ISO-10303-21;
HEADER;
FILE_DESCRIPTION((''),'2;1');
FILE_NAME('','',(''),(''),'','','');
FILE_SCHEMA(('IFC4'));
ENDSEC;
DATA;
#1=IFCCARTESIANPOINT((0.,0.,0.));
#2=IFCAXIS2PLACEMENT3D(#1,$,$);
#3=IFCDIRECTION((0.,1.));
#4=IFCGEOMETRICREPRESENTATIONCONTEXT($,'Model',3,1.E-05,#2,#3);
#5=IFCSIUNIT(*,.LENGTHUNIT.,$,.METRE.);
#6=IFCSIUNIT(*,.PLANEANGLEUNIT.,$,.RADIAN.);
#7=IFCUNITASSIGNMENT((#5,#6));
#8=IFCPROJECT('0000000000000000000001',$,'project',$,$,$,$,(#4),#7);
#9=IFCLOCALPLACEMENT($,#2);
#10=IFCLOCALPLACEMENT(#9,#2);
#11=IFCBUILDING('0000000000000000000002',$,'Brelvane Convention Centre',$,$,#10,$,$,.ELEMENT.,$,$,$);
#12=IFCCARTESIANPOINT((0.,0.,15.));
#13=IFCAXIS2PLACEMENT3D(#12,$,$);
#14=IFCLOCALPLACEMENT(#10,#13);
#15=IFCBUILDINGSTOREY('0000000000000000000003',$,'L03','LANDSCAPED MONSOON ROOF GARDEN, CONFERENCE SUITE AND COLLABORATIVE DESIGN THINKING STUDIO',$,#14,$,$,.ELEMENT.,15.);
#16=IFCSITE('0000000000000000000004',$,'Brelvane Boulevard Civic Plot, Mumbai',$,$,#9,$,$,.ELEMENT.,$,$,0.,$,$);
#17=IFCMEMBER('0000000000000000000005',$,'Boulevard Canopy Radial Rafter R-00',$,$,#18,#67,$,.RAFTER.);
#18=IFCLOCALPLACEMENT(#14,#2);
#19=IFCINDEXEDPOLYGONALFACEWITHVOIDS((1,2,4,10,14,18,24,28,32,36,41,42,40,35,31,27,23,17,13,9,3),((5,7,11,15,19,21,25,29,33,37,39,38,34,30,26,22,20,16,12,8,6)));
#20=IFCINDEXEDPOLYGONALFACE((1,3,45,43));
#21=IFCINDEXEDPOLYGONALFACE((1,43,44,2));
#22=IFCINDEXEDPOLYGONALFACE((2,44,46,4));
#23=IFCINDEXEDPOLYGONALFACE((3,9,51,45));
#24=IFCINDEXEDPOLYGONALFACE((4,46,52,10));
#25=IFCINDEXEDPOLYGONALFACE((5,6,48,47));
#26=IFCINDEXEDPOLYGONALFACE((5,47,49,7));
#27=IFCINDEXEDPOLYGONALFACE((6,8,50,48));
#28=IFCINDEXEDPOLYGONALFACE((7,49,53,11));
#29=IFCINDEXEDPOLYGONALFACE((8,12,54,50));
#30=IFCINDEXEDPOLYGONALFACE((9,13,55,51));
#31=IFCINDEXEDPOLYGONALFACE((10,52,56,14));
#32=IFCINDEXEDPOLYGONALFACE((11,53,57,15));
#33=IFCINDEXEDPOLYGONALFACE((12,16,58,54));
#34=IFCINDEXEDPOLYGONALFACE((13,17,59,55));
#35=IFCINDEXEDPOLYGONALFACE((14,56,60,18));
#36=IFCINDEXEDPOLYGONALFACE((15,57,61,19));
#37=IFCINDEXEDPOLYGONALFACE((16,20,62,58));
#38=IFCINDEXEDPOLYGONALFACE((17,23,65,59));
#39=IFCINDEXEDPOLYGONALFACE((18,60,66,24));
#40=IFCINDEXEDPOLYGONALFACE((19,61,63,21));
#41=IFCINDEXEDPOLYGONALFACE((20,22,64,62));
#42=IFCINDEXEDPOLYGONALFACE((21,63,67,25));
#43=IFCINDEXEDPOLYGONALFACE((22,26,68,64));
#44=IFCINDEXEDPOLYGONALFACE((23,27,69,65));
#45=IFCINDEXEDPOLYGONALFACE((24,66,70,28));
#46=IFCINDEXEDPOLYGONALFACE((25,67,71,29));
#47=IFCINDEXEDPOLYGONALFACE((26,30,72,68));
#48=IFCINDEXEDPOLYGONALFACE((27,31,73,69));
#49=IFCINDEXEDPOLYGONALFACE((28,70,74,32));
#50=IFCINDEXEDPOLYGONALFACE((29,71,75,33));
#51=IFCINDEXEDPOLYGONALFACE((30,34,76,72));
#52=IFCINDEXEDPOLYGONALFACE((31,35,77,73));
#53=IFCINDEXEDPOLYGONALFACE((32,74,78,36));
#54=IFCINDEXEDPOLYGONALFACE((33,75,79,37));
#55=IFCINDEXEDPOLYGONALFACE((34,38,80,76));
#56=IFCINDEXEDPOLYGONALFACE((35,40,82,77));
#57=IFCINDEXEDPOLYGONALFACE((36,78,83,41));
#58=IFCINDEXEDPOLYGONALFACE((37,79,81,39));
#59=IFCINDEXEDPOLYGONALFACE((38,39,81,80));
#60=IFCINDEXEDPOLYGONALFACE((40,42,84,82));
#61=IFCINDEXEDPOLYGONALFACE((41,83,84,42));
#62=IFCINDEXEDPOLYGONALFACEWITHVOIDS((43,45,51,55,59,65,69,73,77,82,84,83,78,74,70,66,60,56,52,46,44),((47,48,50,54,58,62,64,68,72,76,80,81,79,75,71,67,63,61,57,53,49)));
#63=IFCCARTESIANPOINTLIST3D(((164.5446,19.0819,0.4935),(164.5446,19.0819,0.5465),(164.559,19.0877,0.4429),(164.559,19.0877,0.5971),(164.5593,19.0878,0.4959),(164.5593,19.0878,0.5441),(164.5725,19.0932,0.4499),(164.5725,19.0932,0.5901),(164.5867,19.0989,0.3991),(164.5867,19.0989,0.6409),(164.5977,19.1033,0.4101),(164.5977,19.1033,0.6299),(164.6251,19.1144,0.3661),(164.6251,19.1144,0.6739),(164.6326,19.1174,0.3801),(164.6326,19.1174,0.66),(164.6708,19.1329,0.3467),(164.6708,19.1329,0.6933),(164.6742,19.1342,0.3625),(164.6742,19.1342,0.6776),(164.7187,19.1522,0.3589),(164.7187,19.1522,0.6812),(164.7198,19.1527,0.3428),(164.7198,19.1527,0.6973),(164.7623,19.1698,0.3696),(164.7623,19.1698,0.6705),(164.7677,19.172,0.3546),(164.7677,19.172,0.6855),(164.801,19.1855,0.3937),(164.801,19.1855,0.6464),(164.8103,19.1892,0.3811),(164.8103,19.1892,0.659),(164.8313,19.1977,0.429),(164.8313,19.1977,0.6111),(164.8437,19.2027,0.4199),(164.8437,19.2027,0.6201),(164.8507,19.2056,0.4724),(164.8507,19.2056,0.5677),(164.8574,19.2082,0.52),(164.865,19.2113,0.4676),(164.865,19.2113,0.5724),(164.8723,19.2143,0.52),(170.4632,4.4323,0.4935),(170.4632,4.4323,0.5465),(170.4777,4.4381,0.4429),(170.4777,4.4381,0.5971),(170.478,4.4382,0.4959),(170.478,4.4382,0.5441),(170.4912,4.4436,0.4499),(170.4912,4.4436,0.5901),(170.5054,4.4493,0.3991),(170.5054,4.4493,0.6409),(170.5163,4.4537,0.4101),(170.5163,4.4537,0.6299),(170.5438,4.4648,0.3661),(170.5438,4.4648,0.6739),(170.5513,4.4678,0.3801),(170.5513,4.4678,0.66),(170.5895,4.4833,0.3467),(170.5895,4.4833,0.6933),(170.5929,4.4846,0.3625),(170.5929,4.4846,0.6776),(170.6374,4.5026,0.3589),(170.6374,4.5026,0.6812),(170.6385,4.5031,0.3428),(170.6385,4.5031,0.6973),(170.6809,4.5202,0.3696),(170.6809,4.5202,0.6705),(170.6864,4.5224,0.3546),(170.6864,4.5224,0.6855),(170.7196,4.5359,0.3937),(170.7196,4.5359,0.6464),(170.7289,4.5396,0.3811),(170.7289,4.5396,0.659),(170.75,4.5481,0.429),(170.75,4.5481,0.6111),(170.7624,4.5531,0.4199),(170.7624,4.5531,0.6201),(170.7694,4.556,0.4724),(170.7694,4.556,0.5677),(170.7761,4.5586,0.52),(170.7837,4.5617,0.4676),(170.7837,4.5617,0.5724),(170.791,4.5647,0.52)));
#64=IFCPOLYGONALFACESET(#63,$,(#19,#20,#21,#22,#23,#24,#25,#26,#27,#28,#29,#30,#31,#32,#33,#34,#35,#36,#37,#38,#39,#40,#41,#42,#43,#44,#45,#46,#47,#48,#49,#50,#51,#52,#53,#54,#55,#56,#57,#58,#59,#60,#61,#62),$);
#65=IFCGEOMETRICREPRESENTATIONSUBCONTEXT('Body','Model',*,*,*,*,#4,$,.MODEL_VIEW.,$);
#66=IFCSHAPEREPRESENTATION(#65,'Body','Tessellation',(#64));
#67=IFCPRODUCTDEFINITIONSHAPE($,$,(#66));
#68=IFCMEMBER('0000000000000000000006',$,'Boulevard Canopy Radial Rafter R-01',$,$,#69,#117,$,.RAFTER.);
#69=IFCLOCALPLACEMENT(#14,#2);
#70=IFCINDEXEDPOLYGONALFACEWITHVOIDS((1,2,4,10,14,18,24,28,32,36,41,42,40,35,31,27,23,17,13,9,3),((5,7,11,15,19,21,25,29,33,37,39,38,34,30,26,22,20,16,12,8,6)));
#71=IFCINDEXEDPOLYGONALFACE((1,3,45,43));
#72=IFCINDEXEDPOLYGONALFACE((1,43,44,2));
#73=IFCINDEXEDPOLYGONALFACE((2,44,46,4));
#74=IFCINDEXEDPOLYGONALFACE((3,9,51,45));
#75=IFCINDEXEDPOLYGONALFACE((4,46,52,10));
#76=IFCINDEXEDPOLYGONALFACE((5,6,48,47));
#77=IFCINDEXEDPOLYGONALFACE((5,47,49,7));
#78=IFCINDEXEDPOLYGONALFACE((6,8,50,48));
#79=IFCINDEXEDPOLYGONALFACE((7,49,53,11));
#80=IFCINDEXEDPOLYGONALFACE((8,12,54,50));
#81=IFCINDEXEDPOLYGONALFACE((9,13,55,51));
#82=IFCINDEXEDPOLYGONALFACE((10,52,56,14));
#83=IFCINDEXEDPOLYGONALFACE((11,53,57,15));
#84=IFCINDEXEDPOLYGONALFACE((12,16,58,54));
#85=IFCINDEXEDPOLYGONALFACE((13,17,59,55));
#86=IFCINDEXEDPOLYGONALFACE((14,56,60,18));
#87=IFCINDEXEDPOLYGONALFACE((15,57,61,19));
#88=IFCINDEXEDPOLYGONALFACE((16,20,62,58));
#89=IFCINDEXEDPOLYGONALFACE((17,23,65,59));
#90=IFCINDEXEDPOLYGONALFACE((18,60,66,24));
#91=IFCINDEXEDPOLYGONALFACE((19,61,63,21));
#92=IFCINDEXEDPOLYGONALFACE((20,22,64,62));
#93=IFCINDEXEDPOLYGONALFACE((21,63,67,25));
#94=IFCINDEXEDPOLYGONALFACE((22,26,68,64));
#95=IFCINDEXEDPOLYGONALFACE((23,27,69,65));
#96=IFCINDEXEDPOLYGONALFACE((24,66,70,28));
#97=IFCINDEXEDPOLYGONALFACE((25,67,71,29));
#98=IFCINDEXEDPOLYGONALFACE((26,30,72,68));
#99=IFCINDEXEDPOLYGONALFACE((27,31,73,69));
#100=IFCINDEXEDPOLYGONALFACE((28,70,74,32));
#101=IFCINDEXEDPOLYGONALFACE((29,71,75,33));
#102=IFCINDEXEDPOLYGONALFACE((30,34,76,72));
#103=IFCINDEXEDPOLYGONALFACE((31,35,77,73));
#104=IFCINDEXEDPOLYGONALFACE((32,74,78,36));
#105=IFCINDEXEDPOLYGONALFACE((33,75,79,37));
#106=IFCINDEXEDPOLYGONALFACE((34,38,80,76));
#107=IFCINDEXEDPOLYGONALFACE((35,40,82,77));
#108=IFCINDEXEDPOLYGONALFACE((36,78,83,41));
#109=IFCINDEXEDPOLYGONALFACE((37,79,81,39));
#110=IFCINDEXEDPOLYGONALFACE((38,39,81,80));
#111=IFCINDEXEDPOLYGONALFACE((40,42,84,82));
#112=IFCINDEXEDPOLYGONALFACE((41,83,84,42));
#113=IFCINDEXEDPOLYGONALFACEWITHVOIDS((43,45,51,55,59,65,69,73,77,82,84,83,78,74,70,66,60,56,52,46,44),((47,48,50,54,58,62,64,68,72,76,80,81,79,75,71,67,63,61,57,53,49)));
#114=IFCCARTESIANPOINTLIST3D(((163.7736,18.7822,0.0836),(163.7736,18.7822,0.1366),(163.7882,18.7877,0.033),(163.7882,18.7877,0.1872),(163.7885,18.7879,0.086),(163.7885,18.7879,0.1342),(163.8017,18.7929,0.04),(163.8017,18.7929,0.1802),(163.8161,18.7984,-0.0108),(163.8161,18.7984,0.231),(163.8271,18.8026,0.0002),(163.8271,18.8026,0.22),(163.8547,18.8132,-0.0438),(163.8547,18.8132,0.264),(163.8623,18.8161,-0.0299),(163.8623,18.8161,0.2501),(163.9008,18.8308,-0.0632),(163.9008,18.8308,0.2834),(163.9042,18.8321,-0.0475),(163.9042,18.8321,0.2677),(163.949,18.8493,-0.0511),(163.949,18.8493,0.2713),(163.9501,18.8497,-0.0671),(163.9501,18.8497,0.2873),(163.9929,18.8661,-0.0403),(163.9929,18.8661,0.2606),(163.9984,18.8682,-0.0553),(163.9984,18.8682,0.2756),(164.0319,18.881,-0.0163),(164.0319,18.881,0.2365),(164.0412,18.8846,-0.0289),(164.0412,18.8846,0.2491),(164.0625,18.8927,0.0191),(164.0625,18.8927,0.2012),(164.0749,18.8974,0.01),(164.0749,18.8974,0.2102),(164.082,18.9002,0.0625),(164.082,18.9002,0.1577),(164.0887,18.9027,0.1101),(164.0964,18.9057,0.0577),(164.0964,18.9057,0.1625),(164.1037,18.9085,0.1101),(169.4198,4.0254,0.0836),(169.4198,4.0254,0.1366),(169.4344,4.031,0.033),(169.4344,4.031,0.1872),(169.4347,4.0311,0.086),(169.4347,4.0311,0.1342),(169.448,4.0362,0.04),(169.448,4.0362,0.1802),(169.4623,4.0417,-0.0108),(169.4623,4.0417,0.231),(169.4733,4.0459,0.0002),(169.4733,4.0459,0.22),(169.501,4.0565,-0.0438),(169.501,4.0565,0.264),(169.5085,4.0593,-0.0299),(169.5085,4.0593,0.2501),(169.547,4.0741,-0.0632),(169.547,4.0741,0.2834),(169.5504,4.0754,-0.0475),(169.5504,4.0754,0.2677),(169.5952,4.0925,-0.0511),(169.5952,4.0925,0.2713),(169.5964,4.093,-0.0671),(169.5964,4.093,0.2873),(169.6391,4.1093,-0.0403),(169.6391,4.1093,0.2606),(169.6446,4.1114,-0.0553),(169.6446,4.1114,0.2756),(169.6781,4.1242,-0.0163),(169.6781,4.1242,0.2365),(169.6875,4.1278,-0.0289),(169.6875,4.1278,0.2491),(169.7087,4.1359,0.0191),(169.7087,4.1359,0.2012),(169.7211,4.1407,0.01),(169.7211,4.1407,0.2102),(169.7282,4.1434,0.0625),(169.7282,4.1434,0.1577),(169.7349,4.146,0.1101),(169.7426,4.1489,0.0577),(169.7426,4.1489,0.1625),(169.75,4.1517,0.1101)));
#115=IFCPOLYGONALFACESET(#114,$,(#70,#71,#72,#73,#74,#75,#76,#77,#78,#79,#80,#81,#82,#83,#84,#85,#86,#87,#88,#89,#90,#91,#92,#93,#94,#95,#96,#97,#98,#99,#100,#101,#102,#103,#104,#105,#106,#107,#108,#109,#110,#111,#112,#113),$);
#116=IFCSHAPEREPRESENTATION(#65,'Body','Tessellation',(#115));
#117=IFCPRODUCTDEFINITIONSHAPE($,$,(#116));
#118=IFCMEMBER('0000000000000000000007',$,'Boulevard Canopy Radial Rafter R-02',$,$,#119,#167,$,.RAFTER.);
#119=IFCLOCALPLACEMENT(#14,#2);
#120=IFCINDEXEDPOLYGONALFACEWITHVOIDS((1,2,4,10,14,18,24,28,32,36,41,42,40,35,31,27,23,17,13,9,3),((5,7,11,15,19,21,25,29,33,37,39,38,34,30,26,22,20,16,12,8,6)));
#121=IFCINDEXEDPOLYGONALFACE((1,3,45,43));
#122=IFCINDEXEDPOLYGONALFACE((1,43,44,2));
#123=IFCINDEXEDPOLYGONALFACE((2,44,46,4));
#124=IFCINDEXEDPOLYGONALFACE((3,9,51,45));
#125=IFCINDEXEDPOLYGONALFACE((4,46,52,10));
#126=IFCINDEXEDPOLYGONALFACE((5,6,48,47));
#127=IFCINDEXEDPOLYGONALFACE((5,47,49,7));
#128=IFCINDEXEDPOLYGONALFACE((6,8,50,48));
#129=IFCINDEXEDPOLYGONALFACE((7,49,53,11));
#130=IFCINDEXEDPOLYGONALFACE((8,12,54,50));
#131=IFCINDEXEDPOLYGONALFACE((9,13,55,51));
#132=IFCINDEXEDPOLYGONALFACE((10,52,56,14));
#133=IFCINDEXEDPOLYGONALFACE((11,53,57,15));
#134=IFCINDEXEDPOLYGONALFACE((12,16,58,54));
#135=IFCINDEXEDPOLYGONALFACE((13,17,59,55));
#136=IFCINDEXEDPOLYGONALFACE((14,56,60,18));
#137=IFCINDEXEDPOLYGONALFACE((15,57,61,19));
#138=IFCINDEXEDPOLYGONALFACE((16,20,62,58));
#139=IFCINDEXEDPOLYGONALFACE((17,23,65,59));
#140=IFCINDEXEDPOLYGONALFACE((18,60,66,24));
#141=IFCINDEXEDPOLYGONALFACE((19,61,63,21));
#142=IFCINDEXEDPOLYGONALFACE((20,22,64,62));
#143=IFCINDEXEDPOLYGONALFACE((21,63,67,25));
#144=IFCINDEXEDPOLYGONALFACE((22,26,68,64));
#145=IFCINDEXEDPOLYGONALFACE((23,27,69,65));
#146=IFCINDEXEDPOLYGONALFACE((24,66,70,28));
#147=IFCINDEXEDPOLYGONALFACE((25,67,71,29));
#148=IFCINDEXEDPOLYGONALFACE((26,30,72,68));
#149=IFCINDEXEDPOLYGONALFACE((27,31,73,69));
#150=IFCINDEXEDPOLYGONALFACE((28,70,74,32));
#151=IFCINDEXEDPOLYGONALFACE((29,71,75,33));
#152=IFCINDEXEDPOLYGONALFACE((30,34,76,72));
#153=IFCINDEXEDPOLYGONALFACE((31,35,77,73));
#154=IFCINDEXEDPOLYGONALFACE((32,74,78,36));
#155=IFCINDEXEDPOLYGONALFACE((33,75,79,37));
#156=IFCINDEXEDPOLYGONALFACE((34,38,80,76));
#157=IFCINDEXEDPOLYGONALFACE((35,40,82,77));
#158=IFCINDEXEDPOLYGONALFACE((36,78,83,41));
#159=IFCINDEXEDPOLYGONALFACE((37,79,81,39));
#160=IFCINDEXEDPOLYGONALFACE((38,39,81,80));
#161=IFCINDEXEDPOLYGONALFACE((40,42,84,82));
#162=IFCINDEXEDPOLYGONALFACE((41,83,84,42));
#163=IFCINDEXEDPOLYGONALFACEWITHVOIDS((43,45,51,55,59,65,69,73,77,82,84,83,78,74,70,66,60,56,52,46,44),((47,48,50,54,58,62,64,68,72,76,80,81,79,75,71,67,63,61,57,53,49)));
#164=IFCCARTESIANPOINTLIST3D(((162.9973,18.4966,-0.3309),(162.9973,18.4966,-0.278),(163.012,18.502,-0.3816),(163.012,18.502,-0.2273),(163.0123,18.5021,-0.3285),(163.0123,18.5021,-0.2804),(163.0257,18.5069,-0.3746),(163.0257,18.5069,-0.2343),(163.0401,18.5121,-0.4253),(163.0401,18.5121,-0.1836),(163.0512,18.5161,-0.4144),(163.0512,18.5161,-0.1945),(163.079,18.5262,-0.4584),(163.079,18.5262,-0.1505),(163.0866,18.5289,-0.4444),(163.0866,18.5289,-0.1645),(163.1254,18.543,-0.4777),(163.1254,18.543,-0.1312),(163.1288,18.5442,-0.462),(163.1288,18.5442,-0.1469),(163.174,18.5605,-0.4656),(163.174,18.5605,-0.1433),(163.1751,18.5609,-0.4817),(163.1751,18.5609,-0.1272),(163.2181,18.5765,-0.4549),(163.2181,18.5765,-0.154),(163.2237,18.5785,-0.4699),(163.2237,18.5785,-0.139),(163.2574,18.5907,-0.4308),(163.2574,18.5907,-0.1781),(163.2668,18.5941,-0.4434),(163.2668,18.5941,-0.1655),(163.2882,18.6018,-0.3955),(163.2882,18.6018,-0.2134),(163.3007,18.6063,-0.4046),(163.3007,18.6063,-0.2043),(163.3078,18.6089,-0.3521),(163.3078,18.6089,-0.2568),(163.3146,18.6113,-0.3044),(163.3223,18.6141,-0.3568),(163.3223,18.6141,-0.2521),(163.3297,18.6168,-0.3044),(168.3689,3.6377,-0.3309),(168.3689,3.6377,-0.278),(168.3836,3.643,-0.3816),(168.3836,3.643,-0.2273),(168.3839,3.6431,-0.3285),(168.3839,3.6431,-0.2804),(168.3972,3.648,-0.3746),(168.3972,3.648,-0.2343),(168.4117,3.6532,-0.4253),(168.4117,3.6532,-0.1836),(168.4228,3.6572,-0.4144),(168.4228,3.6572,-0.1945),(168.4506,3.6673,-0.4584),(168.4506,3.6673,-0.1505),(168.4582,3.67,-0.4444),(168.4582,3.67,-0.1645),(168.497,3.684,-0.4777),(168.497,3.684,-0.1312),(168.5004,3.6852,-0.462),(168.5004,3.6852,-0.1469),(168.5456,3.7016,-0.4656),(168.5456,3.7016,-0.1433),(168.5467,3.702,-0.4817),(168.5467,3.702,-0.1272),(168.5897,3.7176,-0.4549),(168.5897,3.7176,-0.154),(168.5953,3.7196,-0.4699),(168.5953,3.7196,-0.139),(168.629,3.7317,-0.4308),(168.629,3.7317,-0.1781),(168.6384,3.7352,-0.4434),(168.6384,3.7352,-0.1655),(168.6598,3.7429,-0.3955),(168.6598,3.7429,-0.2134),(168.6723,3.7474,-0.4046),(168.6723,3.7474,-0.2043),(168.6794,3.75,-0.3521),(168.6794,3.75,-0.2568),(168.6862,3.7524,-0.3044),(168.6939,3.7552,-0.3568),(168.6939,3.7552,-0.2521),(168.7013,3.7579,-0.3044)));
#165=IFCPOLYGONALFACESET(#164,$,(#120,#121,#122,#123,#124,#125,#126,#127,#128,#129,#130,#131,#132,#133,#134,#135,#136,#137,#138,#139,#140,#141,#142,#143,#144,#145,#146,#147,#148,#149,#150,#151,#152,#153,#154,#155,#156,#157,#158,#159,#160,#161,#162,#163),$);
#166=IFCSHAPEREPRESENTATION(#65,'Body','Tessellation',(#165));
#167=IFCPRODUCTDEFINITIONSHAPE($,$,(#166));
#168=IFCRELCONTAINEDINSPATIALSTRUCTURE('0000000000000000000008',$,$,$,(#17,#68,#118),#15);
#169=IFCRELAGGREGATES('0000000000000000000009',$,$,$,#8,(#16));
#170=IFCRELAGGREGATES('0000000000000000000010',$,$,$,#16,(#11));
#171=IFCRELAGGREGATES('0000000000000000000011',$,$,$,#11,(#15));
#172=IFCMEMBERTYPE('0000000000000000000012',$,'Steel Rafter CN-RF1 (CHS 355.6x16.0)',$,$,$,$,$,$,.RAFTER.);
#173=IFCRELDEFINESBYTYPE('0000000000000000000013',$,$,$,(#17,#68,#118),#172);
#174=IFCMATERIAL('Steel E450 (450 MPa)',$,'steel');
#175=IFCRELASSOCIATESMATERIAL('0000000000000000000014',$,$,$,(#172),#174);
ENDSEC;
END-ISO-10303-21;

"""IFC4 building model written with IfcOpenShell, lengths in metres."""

from ifc_helpers import new_model, si_unit, direction, frame, origin, origin_2d, place, context, subcontext, project, spatial, hollow_circle, extrude, material, material_profile, profile_set, type_object, element, save


model = new_model("IFC4")

# Units and contexts
model_context = context("Model", 3, precision=1e-05, world=origin(), true_north=direction((0.0, 1.0)))
body_context = subcontext(model_context, "Body", "Model", "MODEL_VIEW")
ifc_project = project(units=[si_unit("LENGTHUNIT", "METRE"), si_unit("PLANEANGLEUNIT", "RADIAN")], contexts=[model_context])

# Site, building, storey
site_placement = place(None, origin())
site = spatial("IfcSite", under=ifc_project, at=site_placement, Name="Brelvane Boulevard Civic Plot, Mumbai", CompositionType="ELEMENT", RefElevation=0.0)
building_placement = place(site_placement, origin())
building = spatial("IfcBuilding", under=site, at=building_placement, Name="Brelvane Convention Centre", CompositionType="ELEMENT")
storey_placement = place(building_placement, frame((0.0, 0.0, 15.0)))
storey = spatial("IfcBuildingStorey", under=building, at=storey_placement, Name="L03", Description="LANDSCAPED MONSOON ROOF GARDEN, CONFERENCE SUITE AND COLLABORATIVE DESIGN THINKING STUDIO", CompositionType="ELEMENT", Elevation=15.0)

# Members
ifc_material_1 = material(Name="Steel E450 (450 MPa)", Category="steel")
ifc_material_profile_1 = material_profile(ifc_material_1, hollow_circle(Radius=0.1777, WallThickness=0.0161, at=origin_2d()), Name="CHS 355.6x16.0")
ifc_profile_set_1 = profile_set([ifc_material_profile_1], Name="Steel E450 (450 MPa)")
member_type_1 = type_object("IfcMemberType", Name="Steel Rafter CN-RF1 (CHS 355.6x16.0)", PredefinedType="RAFTER", material=ifc_profile_set_1)
for number, where, z_axis, x_axis, name in (
    (1, (164.7075, 19.1477, 0.52), (0.374599, -0.927187, 0.0), (0.927187, 0.374599, 0.0), "Boulevard Canopy Radial Rafter R-00"),
    (2, (163.9377, 18.845, 0.1101), (0.357354, -0.933969, 0.0), (0.933969, 0.357354, 0.0), "Boulevard Canopy Radial Rafter R-01"),
    (3, (163.1626, 18.5564, -0.3044), (0.339973, -0.940435, 0.0), (0.940435, 0.339973, 0.0), "Boulevard Canopy Radial Rafter R-02"),
):
    element("IfcMember", number, at=place(storey_placement, frame(where, z_axis=z_axis, x_axis=x_axis)), inside=storey, type_object=member_type_1, Name=name, PredefinedType="RAFTER", context=body_context, shape_type="SweptSolid", body=[
        extrude(hollow_circle(Radius=0.1777, WallThickness=0.0161, at=origin_2d()), origin(), (0.0, 0.0, 1.0), 15.8),
    ])

save(model, "model.ifc")
